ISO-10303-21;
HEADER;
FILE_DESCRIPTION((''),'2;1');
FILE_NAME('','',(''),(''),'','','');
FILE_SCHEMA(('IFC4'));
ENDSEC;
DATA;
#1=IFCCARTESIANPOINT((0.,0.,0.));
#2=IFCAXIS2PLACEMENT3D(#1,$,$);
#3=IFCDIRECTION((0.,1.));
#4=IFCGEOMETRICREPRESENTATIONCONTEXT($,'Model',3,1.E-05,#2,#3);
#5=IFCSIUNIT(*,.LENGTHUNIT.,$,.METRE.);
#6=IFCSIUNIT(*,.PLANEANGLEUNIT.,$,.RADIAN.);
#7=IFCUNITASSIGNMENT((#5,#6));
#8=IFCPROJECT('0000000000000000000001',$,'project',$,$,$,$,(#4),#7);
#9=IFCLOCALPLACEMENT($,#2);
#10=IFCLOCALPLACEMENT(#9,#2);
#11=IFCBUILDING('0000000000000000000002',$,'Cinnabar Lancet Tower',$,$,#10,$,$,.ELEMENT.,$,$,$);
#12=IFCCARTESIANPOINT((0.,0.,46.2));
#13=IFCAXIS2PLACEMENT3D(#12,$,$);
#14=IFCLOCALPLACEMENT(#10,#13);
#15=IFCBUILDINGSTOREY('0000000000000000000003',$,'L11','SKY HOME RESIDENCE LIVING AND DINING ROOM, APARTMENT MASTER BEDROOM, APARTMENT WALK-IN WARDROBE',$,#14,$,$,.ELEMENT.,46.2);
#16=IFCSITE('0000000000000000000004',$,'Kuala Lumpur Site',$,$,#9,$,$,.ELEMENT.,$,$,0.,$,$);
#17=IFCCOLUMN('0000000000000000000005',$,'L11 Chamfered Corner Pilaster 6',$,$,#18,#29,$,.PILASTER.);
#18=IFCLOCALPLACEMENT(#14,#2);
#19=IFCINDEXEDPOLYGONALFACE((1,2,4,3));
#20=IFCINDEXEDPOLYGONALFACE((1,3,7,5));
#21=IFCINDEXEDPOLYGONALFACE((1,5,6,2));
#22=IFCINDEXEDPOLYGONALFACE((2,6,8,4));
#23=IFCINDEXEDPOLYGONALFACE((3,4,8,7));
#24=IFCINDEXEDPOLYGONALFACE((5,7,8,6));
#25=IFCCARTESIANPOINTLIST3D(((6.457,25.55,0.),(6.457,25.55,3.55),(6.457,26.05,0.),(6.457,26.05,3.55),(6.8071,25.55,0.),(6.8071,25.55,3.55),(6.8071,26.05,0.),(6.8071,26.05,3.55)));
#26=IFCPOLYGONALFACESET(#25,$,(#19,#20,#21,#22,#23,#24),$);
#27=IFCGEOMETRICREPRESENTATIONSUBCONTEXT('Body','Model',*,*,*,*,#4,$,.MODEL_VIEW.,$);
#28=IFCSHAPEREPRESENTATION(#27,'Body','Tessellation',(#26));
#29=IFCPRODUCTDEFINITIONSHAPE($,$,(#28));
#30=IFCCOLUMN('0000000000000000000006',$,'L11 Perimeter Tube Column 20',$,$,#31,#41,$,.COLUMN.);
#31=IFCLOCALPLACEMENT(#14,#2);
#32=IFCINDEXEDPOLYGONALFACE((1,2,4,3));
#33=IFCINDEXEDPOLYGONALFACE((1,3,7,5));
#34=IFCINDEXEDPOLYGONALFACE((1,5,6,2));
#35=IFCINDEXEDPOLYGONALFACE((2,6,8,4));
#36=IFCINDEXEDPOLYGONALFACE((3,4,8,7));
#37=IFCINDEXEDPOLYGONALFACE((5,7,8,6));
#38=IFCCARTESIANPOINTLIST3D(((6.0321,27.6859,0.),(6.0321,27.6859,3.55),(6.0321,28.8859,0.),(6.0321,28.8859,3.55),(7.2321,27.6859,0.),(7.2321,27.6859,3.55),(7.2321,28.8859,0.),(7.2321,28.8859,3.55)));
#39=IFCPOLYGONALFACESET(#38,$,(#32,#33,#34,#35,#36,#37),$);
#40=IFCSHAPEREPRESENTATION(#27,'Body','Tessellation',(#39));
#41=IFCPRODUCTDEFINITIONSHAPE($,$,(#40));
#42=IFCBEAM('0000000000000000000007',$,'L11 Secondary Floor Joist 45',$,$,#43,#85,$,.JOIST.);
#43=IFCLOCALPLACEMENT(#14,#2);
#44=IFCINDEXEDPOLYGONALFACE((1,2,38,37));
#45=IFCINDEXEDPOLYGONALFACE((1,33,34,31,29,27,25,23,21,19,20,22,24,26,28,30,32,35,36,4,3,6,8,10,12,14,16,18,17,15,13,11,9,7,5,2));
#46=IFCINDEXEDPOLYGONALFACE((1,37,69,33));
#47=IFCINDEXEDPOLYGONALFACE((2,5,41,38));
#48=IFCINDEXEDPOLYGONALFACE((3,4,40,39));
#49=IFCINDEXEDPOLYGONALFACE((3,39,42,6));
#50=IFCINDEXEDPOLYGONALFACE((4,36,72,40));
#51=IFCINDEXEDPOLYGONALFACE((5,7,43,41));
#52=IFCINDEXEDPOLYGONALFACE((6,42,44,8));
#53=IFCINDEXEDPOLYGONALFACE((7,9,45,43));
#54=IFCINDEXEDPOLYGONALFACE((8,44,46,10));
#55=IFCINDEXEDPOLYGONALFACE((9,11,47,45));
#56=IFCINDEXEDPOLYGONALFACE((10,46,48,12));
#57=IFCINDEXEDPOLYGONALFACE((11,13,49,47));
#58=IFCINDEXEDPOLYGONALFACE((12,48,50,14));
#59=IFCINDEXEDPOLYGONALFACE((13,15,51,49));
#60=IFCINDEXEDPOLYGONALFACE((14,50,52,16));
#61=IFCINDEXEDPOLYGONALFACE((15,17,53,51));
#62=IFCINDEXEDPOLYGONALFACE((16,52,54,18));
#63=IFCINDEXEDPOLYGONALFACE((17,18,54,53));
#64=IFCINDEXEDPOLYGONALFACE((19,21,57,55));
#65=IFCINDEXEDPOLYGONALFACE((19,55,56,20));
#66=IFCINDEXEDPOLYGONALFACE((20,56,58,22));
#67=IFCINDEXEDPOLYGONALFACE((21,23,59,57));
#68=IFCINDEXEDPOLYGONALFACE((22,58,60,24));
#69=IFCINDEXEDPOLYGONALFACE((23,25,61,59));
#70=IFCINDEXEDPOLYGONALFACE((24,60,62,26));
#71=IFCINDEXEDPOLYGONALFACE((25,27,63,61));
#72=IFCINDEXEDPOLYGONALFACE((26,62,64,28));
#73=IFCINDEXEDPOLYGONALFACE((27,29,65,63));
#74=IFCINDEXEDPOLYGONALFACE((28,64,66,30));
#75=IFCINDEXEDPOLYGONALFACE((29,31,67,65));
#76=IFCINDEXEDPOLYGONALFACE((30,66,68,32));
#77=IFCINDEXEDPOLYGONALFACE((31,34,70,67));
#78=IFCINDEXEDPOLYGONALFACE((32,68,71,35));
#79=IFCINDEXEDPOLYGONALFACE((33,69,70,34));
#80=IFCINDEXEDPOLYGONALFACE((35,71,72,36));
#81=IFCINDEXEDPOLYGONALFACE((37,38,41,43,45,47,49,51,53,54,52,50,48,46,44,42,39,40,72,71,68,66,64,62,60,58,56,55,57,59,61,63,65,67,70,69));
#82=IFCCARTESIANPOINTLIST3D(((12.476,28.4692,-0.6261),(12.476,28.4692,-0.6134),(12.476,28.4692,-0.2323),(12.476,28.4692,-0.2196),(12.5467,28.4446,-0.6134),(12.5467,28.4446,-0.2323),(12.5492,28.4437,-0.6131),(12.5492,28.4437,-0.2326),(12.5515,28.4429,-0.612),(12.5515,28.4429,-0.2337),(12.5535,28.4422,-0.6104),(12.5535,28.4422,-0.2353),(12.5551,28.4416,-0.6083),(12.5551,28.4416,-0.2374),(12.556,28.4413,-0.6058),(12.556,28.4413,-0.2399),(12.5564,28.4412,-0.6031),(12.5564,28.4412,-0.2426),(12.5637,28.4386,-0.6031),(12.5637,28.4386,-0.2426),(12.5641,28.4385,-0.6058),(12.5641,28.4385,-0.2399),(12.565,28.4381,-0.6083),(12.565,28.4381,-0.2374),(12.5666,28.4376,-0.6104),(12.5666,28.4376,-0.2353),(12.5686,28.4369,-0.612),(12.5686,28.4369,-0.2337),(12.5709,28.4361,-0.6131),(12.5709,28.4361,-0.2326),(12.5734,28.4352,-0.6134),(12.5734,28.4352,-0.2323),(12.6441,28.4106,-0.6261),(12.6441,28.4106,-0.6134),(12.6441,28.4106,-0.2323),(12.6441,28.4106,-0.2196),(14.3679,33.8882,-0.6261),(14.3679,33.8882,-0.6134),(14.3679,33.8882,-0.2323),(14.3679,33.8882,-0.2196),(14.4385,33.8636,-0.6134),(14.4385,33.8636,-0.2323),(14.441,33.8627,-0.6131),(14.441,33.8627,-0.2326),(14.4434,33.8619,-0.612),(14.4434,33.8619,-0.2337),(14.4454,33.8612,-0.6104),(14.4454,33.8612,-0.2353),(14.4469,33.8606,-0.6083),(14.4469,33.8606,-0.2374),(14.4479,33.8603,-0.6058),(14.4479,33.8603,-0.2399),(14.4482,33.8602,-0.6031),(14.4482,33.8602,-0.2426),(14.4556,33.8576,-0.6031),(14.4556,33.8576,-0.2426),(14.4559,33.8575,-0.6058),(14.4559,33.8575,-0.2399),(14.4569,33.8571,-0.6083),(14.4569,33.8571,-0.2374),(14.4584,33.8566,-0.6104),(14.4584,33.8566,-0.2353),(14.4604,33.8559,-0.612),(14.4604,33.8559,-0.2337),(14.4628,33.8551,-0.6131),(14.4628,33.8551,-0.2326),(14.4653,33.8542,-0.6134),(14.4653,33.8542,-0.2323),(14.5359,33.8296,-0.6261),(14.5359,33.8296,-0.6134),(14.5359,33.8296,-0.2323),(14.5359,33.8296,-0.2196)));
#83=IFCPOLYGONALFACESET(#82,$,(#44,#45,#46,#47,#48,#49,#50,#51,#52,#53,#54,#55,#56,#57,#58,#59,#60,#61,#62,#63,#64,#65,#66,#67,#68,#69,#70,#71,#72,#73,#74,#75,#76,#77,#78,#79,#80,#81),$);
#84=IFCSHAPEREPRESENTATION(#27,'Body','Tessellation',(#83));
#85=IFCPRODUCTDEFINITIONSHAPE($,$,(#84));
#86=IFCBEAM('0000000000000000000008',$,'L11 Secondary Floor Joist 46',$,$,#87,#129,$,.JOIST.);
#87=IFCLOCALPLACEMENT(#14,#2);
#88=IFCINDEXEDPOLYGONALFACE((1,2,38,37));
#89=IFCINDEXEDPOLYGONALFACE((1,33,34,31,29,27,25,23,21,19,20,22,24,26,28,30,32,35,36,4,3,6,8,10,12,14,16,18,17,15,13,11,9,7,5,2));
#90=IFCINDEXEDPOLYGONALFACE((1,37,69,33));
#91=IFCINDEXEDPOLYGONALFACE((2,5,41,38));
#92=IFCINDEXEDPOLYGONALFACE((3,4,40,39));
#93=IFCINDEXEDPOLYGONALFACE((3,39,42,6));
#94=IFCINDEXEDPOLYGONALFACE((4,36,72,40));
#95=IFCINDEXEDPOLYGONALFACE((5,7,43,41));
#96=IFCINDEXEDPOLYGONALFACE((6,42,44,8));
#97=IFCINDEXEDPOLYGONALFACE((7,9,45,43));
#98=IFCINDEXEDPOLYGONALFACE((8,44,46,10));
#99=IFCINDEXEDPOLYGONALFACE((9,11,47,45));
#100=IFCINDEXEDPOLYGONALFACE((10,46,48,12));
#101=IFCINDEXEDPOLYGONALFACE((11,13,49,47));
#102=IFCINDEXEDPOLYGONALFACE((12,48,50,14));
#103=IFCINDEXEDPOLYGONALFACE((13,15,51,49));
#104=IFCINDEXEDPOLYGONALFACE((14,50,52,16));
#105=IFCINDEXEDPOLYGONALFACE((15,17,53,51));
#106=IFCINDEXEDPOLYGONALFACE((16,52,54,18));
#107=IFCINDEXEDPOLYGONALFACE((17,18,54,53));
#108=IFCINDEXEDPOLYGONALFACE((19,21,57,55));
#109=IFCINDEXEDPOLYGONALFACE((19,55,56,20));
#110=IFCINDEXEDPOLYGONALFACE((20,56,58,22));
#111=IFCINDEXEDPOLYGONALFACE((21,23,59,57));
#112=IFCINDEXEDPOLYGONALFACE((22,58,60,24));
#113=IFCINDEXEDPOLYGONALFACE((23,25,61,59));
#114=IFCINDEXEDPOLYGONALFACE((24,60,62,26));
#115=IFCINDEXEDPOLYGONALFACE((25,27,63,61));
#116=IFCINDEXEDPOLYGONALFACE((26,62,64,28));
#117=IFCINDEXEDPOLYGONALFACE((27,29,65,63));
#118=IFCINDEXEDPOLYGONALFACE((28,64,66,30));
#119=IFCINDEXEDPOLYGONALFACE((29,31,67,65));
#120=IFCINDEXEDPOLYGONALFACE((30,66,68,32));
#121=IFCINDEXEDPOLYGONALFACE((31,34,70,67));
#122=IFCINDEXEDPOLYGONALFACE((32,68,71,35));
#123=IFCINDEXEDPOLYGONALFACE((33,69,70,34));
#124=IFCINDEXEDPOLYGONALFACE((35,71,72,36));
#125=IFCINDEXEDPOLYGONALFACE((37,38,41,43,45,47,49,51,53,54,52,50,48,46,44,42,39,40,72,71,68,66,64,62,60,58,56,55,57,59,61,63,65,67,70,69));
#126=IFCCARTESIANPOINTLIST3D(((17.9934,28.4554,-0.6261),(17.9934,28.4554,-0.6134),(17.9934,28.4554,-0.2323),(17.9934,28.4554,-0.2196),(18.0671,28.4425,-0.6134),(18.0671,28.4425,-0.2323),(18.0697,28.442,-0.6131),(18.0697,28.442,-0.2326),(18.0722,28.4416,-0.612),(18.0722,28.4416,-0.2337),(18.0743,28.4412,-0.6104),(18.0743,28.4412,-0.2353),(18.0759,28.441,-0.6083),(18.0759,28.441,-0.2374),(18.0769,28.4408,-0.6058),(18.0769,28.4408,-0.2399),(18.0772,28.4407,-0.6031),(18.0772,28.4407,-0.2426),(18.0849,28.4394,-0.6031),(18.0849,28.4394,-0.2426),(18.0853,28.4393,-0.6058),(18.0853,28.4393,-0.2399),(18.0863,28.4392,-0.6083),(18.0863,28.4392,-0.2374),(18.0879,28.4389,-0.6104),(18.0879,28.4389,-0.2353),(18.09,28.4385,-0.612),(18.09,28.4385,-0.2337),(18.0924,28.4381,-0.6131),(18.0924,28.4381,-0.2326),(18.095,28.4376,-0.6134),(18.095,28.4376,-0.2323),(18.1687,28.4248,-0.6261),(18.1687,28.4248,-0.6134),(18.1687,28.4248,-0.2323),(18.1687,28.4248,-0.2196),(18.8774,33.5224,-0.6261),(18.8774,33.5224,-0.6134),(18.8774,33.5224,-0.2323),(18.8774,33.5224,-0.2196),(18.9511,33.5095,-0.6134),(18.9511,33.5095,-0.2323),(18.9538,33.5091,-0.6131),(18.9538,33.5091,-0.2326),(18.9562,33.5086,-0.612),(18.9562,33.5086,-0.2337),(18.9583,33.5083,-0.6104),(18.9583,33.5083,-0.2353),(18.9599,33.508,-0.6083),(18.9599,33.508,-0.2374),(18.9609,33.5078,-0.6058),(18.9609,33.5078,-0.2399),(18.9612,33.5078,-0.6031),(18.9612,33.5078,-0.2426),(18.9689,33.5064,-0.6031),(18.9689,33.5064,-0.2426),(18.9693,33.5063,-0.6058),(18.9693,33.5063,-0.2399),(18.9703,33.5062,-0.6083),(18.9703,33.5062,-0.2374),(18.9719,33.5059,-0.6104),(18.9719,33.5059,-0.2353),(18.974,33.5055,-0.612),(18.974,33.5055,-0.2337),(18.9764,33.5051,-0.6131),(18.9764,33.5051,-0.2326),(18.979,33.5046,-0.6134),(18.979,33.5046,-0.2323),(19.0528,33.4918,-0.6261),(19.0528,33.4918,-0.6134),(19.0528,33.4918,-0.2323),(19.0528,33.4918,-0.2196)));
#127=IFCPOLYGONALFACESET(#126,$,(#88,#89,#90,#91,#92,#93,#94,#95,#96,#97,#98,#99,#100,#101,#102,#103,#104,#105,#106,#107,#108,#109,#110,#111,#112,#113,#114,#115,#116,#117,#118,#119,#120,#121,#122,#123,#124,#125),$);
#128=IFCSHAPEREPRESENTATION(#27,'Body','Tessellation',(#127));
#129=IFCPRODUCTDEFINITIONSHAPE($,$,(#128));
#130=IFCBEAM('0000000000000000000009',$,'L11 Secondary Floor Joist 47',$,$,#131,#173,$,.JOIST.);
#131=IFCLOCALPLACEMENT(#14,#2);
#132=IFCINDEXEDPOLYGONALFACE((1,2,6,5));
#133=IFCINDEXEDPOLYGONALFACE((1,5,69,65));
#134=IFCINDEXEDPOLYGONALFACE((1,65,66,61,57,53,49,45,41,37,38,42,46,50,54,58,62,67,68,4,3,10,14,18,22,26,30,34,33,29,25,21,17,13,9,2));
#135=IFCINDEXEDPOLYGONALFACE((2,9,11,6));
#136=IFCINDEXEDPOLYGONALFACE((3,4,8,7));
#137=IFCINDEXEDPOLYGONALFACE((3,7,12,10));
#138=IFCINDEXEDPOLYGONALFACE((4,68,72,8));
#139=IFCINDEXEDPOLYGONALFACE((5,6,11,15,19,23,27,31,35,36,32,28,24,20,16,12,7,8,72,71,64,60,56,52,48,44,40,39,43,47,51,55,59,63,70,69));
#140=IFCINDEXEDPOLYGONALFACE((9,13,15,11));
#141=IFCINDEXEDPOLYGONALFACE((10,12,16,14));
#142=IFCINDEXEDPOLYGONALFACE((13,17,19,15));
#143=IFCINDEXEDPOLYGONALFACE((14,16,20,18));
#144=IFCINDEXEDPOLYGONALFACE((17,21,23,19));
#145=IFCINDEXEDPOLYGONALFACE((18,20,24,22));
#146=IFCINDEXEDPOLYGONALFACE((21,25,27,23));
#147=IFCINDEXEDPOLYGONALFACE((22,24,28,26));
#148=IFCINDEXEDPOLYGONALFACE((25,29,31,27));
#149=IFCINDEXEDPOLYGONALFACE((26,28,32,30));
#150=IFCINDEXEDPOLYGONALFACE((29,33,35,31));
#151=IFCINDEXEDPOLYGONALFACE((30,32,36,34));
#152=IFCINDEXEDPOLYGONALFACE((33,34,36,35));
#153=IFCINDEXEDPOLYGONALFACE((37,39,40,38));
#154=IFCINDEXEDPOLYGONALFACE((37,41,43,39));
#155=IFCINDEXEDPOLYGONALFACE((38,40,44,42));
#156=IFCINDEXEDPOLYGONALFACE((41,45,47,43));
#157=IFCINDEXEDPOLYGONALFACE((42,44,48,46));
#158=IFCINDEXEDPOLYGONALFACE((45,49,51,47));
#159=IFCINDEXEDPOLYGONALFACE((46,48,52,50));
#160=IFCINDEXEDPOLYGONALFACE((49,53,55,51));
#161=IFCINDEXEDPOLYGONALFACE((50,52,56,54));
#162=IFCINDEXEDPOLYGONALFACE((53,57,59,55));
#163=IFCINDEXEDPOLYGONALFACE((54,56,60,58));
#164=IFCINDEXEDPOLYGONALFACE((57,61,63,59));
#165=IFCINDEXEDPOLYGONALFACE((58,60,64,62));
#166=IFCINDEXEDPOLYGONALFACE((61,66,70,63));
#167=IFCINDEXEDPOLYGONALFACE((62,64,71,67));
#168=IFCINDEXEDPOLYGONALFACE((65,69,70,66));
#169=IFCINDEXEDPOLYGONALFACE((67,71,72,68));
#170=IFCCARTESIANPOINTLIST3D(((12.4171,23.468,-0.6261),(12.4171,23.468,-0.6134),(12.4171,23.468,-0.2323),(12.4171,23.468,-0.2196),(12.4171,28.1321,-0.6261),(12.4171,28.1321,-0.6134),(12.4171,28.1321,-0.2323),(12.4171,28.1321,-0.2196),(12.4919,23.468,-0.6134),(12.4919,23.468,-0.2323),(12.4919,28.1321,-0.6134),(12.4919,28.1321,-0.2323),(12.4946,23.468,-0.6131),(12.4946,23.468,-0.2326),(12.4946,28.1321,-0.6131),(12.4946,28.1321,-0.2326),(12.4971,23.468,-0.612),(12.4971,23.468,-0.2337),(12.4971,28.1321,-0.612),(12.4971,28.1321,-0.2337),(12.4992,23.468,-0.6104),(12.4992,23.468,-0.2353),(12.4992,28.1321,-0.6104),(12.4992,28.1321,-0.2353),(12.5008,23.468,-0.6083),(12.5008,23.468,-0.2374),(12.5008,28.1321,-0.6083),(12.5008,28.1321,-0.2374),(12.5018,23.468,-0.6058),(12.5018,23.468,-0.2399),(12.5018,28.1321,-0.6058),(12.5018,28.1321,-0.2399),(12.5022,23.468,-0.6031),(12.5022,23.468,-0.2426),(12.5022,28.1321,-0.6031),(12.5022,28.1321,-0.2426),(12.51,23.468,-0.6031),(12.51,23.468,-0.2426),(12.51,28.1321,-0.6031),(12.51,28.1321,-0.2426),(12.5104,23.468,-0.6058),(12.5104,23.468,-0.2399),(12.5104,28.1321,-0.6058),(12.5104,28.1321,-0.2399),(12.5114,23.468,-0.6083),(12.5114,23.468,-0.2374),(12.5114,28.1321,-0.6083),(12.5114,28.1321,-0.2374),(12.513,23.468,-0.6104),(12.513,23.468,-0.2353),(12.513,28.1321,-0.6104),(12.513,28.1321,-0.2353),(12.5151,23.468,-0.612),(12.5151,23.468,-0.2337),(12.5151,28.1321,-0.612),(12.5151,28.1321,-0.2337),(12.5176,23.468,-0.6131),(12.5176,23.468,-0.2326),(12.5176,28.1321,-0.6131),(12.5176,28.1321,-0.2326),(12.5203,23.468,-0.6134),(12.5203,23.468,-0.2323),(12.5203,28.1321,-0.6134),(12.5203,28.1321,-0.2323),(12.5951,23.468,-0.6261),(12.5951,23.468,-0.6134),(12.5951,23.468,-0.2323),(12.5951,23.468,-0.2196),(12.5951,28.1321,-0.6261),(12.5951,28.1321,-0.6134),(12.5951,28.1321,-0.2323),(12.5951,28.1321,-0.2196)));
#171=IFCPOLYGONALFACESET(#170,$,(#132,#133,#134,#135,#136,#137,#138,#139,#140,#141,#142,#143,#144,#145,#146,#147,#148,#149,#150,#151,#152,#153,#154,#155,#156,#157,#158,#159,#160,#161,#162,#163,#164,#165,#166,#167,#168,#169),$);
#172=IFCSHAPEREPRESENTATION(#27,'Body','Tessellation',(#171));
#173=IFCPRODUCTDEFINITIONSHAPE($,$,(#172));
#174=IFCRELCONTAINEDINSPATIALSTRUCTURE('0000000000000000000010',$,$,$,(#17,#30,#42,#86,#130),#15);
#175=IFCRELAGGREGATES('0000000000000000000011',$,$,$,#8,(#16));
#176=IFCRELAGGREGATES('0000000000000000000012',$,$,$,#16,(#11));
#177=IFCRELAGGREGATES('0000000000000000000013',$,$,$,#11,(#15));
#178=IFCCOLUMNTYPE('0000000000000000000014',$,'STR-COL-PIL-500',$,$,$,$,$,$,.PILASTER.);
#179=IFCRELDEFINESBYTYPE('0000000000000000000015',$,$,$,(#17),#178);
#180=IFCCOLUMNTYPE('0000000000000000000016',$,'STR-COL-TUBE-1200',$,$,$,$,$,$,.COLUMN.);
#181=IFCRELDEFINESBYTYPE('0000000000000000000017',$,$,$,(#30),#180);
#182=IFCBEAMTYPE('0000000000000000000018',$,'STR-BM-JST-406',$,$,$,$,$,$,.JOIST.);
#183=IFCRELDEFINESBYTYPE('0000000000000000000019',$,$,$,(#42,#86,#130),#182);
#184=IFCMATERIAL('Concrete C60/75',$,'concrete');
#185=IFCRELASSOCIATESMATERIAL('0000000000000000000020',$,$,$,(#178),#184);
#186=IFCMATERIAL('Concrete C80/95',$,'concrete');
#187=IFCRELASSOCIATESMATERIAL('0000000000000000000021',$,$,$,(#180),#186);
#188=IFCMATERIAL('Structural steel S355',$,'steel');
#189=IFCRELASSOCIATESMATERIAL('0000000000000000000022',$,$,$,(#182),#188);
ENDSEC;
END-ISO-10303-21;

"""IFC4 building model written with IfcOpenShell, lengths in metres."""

from ifc_helpers import new_model, si_unit, direction, frame, origin, origin_2d, place, context, subcontext, project, spatial, rectangle, i_section, extrude, material, material_profile, profile_set, type_object, element, save


model = new_model("IFC4")

# Units and contexts
model_context = context("Model", 3, precision=1e-05, world=origin(), true_north=direction((0.0, 1.0)))
body_context = subcontext(model_context, "Body", "Model", "MODEL_VIEW")
ifc_project = project(units=[si_unit("LENGTHUNIT", "METRE"), si_unit("PLANEANGLEUNIT", "RADIAN")], contexts=[model_context])

# Site, building, storey
site_placement = place(None, origin())
site = spatial("IfcSite", under=ifc_project, at=site_placement, Name="Kuala Lumpur Site", CompositionType="ELEMENT", RefElevation=0.0)
building_placement = place(site_placement, origin())
building = spatial("IfcBuilding", under=site, at=building_placement, Name="Cinnabar Lancet Tower", CompositionType="ELEMENT")
storey_placement = place(building_placement, frame((0.0, 0.0, 46.2)))
storey = spatial("IfcBuildingStorey", under=building, at=storey_placement, Name="L11", Description="SKY HOME RESIDENCE LIVING AND DINING ROOM, APARTMENT MASTER BEDROOM, APARTMENT WALK-IN WARDROBE", CompositionType="ELEMENT", Elevation=46.2)

# Columns
ifc_material_1 = material(Name="Concrete C60/75", Category="concrete")
ifc_material_profile_1 = material_profile(ifc_material_1, rectangle(XDim=0.5, YDim=0.3501, at=origin_2d()), Name="RC-PIL 500x350")
ifc_profile_set_1 = profile_set([ifc_material_profile_1], Name="Concrete C60/75")
column_type_1 = type_object("IfcColumnType", Name="STR-COL-PIL-500", PredefinedType="PILASTER", material=ifc_profile_set_1)
column_1_placement = place(storey_placement, frame((6.6321, 25.8, 0.0), z_axis=(0.0, 0.0, 1.0), x_axis=(0.0, -1.0, 0.0)))
element("IfcColumn", 1, at=column_1_placement, inside=storey, type_object=column_type_1, Name="L11 Chamfered Corner Pilaster 6", PredefinedType="PILASTER", context=body_context, shape_type="SweptSolid", body=[
    extrude(rectangle(XDim=0.5, YDim=0.3501, at=origin_2d()), origin(), (0.0, 0.0, 1.0), 3.55),
])
ifc_material_2 = material(Name="Concrete C80/95", Category="concrete")
ifc_material_profile_2 = material_profile(ifc_material_2, rectangle(XDim=1.2, YDim=1.2, at=origin_2d()), Name="RC-COL 1200x1200")
ifc_profile_set_2 = profile_set([ifc_material_profile_2], Name="Concrete C80/95")
column_type_2 = type_object("IfcColumnType", Name="STR-COL-TUBE-1200", PredefinedType="COLUMN", material=ifc_profile_set_2)
column_2_placement = place(storey_placement, frame((6.6321, 28.2859, 0.0), z_axis=(0.0, 0.0, 1.0), x_axis=(1.0, 0.0, 0.0)))
element("IfcColumn", 2, at=column_2_placement, inside=storey, type_object=column_type_2, Name="L11 Perimeter Tube Column 20", PredefinedType="COLUMN", context=body_context, shape_type="SweptSolid", body=[
    extrude(rectangle(XDim=1.2, YDim=1.2, at=origin_2d()), origin(), (0.0, 0.0, 1.0), 3.55),
])

# Beams
ifc_material_3 = material(Name="Structural steel S355", Category="steel")
ifc_material_profile_3 = material_profile(ifc_material_3, i_section(OverallWidth=0.178, OverallDepth=0.4065, WebThickness=0.0078, FlangeThickness=0.0127, FilletRadius=0.0103, at=origin_2d()), Name="UKB 406x178x60")
ifc_profile_set_3 = profile_set([ifc_material_profile_3], Name="Structural steel S355")
beam_type_1 = type_object("IfcBeamType", Name="STR-BM-JST-406", PredefinedType="JOIST", material=ifc_profile_set_3)
beam_1_placement = place(storey_placement, frame((14.4519, 33.8589, -0.4229), z_axis=(-0.329608, -0.944118, 0.0), x_axis=(0.944118, -0.329608, 0.0)))
element("IfcBeam", 3, at=beam_1_placement, inside=storey, type_object=beam_type_1, Name="L11 Secondary Floor Joist 45", PredefinedType="JOIST", context=body_context, shape_type="SweptSolid", body=[
    extrude(i_section(OverallWidth=0.178, OverallDepth=0.4065, WebThickness=0.0078, FlangeThickness=0.0127, FilletRadius=0.0103, at=origin_2d()), origin(), (0.0, 0.0, 1.0), 5.7397),
])
beam_2_placement = place(storey_placement, frame((18.9651, 33.5071, -0.4229), z_axis=(-0.171868, -0.98512, 0.0), x_axis=(0.98512, -0.171868, 0.0)))
element("IfcBeam", 4, at=beam_2_placement, inside=storey, type_object=beam_type_1, Name="L11 Secondary Floor Joist 46", PredefinedType="JOIST", context=body_context, shape_type="SweptSolid", body=[
    extrude(i_section(OverallWidth=0.178, OverallDepth=0.4065, WebThickness=0.0078, FlangeThickness=0.0127, FilletRadius=0.0103, at=origin_2d()), origin(), (0.0, 0.0, 1.0), 5.1436),
])
for number, where, z_axis, x_axis, name in (
    (5, (12.5061, 28.1321, -0.4229), (0.0, -1.0, 0.0), (1.0, 0.0, 0.0), "L11 Secondary Floor Joist 47"),
):
    element("IfcBeam", number, at=place(storey_placement, frame(where, z_axis=z_axis, x_axis=x_axis)), inside=storey, type_object=beam_type_1, Name=name, PredefinedType="JOIST", context=body_context, shape_type="SweptSolid", body=[
        extrude(i_section(OverallWidth=0.178, OverallDepth=0.4065, WebThickness=0.0078, FlangeThickness=0.0127, FilletRadius=0.0103, at=origin_2d()), origin(), (0.0, 0.0, 1.0), 4.6641),
    ])

save(model, "model.ifc")
